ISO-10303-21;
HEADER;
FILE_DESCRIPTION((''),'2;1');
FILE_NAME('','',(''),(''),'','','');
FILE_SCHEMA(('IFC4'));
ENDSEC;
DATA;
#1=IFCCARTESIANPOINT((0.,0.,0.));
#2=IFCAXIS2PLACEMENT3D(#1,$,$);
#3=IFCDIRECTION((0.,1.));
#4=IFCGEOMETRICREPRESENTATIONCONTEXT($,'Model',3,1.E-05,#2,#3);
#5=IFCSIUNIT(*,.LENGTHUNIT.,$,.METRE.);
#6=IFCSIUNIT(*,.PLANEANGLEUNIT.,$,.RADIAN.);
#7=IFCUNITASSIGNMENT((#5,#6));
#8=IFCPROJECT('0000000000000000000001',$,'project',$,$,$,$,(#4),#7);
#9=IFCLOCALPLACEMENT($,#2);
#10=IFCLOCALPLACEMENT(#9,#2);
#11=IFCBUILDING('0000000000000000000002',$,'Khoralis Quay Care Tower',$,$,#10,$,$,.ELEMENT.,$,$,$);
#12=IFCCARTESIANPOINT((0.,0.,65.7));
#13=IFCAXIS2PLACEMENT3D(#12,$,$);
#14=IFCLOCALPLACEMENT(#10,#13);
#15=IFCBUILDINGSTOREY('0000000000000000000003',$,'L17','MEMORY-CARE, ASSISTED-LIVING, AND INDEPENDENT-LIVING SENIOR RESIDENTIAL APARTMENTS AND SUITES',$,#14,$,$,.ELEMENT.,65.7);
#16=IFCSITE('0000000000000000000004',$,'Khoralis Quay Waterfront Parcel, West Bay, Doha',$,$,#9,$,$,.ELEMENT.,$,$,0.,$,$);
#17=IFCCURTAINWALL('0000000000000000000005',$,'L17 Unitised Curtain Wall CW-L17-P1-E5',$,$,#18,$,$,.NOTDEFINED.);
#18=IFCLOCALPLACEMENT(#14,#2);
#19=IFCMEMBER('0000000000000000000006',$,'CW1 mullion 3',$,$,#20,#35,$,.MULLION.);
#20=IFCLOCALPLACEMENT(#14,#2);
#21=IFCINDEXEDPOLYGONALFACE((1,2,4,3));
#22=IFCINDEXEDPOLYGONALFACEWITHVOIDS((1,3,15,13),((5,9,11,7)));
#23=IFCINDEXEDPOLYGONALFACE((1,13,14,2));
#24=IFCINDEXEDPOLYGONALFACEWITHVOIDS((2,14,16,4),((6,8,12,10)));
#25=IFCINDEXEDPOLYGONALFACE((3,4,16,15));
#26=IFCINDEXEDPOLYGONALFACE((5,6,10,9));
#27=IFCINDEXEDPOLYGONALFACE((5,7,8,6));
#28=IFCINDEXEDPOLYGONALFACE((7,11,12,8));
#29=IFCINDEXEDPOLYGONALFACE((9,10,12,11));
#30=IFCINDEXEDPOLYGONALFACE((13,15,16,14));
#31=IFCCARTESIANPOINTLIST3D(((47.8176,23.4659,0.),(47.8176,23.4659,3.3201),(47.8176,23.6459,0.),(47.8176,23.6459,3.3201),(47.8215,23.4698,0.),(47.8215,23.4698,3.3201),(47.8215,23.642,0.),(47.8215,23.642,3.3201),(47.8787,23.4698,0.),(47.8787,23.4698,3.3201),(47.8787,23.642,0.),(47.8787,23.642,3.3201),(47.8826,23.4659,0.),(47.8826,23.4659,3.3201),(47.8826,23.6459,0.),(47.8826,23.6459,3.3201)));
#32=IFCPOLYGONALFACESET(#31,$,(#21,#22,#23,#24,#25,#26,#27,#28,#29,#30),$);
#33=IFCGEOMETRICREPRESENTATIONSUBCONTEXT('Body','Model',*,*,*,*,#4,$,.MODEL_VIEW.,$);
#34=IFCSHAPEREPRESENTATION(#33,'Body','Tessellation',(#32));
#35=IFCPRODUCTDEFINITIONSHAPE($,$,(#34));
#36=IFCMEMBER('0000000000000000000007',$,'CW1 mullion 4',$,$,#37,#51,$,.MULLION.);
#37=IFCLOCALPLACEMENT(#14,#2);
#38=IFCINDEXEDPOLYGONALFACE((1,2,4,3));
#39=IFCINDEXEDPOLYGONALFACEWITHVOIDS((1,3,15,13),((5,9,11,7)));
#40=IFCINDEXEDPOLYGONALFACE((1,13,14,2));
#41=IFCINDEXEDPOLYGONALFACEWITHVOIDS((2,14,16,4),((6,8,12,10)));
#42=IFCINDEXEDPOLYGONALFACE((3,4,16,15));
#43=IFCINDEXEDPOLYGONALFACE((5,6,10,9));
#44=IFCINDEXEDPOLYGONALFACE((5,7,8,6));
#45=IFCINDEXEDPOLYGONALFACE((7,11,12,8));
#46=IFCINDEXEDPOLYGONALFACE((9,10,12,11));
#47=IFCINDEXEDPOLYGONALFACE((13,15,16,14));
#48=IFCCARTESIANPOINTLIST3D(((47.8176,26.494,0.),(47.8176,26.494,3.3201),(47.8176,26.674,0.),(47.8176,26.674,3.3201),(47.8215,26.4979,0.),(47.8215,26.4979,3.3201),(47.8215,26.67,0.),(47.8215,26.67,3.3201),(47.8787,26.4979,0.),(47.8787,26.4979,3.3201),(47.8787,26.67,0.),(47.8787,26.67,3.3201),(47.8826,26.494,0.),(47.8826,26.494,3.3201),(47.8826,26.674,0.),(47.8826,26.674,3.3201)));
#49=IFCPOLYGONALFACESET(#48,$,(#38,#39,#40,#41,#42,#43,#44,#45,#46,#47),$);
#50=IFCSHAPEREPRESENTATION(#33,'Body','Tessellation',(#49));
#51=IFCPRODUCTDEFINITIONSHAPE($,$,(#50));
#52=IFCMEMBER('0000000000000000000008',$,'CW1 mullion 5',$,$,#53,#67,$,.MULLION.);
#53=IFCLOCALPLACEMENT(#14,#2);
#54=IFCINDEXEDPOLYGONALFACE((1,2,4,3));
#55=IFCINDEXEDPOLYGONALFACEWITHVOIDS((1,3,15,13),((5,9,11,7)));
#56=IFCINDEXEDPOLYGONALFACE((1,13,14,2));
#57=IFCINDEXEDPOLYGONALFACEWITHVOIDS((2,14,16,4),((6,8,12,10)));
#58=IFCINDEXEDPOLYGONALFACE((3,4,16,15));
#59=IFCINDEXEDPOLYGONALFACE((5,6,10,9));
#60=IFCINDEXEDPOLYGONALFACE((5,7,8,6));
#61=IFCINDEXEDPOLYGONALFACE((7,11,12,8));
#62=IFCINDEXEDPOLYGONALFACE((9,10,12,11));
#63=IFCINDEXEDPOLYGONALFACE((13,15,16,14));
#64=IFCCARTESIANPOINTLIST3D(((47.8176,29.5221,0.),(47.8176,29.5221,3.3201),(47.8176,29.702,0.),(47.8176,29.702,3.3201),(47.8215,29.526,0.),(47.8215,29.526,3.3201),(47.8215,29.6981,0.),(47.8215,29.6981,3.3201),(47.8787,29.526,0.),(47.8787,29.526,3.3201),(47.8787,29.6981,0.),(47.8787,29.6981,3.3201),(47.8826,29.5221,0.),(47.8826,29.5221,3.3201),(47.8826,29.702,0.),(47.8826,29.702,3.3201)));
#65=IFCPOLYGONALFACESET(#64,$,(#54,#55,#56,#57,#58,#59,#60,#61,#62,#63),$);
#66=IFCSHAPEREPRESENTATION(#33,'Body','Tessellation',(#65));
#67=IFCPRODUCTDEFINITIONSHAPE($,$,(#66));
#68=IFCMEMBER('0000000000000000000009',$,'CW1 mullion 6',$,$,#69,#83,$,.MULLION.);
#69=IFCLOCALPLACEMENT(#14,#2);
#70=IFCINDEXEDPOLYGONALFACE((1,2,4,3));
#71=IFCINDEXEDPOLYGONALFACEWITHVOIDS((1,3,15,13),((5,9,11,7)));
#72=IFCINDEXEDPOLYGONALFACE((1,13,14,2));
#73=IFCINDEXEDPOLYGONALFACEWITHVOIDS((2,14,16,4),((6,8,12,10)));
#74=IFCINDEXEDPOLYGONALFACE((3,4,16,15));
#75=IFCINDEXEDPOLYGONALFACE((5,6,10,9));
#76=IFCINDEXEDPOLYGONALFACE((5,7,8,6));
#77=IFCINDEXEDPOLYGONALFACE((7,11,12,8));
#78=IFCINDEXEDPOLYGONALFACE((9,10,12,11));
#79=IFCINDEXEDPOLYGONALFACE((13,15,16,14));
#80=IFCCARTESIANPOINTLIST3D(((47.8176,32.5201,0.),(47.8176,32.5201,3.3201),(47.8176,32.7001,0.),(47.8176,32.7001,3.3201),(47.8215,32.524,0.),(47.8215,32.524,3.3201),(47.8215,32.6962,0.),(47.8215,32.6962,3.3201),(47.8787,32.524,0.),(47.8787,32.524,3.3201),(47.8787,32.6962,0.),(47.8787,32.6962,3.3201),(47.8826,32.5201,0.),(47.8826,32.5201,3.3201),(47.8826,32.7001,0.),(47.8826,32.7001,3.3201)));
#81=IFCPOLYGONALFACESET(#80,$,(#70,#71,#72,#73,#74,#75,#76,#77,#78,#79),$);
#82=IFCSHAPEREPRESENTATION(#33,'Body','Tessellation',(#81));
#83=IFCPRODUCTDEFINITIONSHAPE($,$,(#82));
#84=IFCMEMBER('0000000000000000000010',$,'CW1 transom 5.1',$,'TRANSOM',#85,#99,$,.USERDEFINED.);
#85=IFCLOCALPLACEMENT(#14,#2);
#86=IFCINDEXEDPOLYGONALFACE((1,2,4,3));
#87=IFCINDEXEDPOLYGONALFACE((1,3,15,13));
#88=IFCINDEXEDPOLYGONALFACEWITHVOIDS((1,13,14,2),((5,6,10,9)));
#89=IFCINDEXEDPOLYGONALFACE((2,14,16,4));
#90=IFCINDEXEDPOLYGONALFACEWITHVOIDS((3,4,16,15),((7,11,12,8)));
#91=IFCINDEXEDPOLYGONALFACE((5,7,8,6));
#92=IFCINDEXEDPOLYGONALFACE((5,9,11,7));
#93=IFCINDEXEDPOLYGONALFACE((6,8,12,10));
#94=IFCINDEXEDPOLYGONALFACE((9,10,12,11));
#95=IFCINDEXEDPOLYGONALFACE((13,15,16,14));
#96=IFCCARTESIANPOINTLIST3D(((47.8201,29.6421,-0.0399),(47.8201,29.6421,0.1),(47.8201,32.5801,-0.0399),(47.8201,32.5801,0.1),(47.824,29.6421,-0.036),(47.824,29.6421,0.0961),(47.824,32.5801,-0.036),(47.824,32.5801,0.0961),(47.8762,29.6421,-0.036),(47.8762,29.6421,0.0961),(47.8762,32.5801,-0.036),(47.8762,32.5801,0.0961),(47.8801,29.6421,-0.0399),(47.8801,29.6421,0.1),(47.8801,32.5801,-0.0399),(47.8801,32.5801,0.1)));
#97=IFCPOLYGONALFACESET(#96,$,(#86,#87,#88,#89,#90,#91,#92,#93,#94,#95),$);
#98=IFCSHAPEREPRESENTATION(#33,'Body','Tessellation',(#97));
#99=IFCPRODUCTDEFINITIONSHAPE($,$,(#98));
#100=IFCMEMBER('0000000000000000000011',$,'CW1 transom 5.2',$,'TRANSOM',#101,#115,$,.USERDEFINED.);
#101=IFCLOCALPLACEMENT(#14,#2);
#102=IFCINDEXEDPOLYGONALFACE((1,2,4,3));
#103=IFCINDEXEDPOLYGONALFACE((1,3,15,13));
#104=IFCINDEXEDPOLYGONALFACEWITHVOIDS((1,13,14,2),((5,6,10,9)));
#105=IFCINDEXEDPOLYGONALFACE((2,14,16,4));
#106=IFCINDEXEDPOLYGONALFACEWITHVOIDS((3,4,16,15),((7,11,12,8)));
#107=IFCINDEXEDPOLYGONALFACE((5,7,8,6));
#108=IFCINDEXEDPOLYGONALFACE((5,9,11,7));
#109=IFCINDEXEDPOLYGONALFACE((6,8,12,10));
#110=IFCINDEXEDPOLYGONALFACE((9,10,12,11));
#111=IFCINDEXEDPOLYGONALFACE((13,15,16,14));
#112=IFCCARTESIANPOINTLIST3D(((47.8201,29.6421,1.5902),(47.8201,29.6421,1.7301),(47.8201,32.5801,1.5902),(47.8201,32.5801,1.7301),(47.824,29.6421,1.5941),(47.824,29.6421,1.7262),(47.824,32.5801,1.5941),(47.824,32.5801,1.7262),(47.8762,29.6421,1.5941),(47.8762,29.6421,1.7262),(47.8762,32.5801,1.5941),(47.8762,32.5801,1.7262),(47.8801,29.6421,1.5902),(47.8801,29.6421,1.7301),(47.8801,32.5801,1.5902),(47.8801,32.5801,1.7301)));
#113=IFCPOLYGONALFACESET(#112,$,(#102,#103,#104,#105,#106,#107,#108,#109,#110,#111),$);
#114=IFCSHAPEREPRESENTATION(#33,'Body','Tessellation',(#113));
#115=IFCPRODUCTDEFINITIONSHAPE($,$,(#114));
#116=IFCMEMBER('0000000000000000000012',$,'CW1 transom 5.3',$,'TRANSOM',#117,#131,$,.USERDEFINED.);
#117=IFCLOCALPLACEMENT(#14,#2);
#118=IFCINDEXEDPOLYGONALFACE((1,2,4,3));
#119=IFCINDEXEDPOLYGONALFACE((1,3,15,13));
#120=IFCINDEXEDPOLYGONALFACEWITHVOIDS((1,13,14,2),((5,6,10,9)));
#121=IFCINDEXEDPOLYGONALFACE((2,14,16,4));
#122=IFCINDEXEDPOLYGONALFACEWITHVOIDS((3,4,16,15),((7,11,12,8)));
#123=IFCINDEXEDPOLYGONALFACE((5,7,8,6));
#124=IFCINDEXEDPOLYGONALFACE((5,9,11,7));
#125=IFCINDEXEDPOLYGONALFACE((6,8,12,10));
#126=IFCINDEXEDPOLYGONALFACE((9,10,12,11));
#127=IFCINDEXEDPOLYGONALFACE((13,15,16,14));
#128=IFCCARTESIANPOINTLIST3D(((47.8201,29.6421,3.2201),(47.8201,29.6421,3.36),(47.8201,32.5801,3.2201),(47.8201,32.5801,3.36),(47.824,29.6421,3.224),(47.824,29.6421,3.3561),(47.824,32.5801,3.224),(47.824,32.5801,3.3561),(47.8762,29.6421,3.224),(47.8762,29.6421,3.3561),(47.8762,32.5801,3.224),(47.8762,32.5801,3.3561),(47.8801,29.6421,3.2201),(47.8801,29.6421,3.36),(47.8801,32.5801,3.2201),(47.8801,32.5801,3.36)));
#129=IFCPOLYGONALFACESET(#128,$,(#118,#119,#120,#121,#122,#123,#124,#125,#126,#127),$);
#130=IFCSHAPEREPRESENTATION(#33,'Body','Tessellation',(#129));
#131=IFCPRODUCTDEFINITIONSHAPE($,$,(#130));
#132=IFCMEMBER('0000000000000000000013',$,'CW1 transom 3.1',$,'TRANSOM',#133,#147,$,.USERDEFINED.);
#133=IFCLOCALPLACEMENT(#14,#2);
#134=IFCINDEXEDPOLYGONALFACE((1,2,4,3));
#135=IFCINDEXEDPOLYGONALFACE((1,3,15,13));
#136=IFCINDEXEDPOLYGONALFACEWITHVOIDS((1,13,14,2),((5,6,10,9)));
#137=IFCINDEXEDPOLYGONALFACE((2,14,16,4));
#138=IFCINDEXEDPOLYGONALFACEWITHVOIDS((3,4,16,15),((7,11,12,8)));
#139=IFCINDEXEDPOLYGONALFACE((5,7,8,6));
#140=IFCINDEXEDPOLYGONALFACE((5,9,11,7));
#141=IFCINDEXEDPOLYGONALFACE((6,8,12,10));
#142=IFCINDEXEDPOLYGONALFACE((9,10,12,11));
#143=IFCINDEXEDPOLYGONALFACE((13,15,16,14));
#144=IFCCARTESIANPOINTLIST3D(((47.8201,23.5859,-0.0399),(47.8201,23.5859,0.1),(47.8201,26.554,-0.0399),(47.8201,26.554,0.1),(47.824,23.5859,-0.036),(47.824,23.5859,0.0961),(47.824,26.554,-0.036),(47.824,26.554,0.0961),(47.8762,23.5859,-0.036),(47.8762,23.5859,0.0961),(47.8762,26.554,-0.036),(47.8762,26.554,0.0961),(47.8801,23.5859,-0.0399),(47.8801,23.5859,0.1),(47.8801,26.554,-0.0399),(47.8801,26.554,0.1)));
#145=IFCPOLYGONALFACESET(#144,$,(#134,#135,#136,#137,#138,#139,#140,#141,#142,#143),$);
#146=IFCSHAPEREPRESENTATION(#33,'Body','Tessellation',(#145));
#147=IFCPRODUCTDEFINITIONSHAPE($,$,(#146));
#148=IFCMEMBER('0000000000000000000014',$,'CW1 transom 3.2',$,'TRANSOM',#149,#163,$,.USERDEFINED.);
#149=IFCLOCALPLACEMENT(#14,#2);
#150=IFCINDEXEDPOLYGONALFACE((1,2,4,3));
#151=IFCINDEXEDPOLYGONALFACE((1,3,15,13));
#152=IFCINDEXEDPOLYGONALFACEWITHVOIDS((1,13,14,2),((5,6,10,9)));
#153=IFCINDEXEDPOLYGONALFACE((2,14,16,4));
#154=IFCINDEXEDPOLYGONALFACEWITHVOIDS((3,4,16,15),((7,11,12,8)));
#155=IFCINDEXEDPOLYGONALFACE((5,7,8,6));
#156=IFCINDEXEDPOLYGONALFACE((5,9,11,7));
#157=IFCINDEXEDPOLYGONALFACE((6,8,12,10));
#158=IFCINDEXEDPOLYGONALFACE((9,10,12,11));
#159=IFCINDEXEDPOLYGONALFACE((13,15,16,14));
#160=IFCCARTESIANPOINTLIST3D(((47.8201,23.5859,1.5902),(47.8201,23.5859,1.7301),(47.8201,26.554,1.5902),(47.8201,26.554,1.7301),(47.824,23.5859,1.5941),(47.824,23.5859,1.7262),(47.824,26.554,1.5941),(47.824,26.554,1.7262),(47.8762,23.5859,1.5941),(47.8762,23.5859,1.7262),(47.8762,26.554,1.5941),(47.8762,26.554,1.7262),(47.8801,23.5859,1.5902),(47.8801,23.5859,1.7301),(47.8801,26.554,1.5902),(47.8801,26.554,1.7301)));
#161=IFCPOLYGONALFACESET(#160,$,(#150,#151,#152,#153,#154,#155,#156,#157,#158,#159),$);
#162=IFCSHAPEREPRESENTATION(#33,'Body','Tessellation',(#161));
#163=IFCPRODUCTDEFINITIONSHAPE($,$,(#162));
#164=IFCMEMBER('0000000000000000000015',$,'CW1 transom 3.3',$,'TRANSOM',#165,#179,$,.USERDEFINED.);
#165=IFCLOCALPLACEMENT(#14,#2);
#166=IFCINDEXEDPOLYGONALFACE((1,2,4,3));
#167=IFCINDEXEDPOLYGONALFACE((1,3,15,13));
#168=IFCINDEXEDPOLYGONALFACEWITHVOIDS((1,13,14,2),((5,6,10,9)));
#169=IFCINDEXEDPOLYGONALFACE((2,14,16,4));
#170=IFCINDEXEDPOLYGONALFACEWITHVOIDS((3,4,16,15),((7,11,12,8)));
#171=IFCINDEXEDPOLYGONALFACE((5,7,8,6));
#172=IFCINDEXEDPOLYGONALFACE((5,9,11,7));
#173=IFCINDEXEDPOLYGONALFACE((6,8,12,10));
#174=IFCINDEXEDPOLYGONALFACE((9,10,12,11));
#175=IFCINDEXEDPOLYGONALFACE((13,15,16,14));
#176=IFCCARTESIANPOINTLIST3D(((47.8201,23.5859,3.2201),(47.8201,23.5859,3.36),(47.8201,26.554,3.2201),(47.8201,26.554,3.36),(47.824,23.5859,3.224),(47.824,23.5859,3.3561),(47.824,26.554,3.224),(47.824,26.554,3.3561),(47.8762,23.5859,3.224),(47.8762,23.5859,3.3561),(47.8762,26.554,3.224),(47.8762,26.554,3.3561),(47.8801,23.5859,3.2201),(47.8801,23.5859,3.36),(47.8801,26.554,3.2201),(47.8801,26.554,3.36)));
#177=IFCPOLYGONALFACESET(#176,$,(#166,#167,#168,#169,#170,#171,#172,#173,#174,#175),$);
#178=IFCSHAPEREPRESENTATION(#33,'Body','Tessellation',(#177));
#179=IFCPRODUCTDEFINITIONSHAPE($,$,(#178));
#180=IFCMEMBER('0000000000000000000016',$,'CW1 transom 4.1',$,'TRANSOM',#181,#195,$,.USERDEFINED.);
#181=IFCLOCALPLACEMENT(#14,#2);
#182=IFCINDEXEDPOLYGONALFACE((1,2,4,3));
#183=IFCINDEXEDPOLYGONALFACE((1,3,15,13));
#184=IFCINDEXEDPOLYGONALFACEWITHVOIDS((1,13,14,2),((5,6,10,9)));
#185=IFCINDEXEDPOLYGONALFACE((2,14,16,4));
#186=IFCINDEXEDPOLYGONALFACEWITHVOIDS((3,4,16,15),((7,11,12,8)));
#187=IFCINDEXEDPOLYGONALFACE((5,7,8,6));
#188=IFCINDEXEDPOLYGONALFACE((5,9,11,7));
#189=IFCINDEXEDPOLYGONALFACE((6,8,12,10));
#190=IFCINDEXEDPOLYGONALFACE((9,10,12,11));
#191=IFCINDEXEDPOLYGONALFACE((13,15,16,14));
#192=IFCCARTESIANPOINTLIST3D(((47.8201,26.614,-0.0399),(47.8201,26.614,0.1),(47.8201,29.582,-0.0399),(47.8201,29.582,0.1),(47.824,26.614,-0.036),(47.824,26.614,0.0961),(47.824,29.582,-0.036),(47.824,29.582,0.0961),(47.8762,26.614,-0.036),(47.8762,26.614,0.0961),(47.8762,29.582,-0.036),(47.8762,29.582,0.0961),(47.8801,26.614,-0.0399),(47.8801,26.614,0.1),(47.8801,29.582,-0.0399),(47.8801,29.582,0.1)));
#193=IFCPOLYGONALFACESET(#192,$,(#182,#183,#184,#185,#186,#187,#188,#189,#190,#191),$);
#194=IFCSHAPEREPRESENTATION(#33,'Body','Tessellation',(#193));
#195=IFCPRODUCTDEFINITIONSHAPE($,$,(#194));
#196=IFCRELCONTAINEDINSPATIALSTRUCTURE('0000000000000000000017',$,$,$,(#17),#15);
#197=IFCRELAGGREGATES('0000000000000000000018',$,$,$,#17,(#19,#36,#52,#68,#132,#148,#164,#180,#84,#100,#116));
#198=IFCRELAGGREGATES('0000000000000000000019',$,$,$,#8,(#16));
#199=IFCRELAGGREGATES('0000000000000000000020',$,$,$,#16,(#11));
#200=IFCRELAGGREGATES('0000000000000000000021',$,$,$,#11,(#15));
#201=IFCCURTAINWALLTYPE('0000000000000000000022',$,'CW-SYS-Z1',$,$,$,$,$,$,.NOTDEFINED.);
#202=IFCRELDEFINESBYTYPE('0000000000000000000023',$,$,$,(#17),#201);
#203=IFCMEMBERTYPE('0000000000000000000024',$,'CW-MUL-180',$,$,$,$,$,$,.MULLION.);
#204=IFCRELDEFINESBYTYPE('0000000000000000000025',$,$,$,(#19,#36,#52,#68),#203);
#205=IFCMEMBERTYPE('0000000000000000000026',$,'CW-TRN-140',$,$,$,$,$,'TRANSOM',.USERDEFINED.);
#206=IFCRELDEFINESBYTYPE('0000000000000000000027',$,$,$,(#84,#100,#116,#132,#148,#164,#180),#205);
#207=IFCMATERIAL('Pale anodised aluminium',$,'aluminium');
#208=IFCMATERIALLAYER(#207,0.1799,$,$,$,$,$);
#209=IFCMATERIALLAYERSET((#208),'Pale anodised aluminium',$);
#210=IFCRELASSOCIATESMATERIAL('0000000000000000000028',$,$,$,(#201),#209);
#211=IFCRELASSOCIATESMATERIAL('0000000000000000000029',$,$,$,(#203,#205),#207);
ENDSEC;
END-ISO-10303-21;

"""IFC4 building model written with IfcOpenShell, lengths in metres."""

from ifc_helpers import new_model, si_unit, direction, frame, origin, origin_2d, place, context, subcontext, project, spatial, hollow_rectangle, extrude, source, transform, mapped, material, layer, layer_set, material_profile, profile_set, type_object, element, aggregate, save


model = new_model("IFC4")

# Units and contexts
model_context = context("Model", 3, precision=1e-05, world=origin(), true_north=direction((0.0, 1.0)))
body_context = subcontext(model_context, "Body", "Model", "MODEL_VIEW")
ifc_project = project(units=[si_unit("LENGTHUNIT", "METRE"), si_unit("PLANEANGLEUNIT", "RADIAN")], contexts=[model_context])

# Site, building, storey
site_placement = place(None, origin())
site = spatial("IfcSite", under=ifc_project, at=site_placement, Name="Khoralis Quay Waterfront Parcel, West Bay, Doha", CompositionType="ELEMENT", RefElevation=0.0)
building_placement = place(site_placement, origin())
building = spatial("IfcBuilding", under=site, at=building_placement, Name="Khoralis Quay Care Tower", CompositionType="ELEMENT")
storey_placement = place(building_placement, frame((0.0, 0.0, 65.7)))
storey = spatial("IfcBuildingStorey", under=building, at=storey_placement, Name="L17", Description="MEMORY-CARE, ASSISTED-LIVING, AND INDEPENDENT-LIVING SENIOR RESIDENTIAL APARTMENTS AND SUITES", CompositionType="ELEMENT", Elevation=65.7)

# Curtain wall, members
ifc_material_1 = material(Name="Pale anodised aluminium", Category="aluminium")
ifc_layer_1 = layer(ifc_material_1, 0.1799)
ifc_layer_set_1 = layer_set([ifc_layer_1], Name="Pale anodised aluminium")
curtain_wall_type = type_object("IfcCurtainWallType", Name="CW-SYS-Z1", PredefinedType="NOTDEFINED", material=ifc_layer_set_1)
curtain_wall_placement = place(storey_placement, origin())
curtain_wall = element("IfcCurtainWall", 1, at=curtain_wall_placement, inside=storey, type_object=curtain_wall_type, Name="L17 Unitised Curtain Wall CW-L17-P1-E5", PredefinedType="NOTDEFINED")
ifc_material_profile_1 = material_profile(ifc_material_1, hollow_rectangle(XDim=0.0649, YDim=0.1799, WallThickness=0.0039, at=origin_2d()), Name="Pale anodised aluminium")
ifc_profile_set_1 = profile_set([ifc_material_profile_1], Name="Pale anodised aluminium")
member_type_1 = type_object("IfcMemberType", Name="CW-MUL-180", PredefinedType="MULLION", material=ifc_profile_set_1)
shared_shape_1 = source(origin(), body_context, "Body", "SweptSolid", [
    extrude(hollow_rectangle(XDim=0.0649, YDim=0.1799, WallThickness=0.0039, at=origin_2d()), origin(), (0.0, 0.0, 1.0), 3.3201),
])
member_1_placement = place(storey_placement, frame((47.8501, 23.5559, 0.0), z_axis=(0.0, 0.0, 1.0), x_axis=(-1.0, 0.0, 0.0)))
member_1 = element("IfcMember", 2, at=member_1_placement, type_object=member_type_1, Name="CW1 mullion 3", PredefinedType="MULLION", context=body_context, shape_type="MappedRepresentation", body=[
    mapped(shared_shape_1, transform((0.0, 0.0, 0.0), scale=1.0)),
])
member_2_placement = place(storey_placement, frame((47.8501, 26.584, 0.0), z_axis=(0.0, 0.0, 1.0), x_axis=(-1.0, 0.0, 0.0)))
member_2 = element("IfcMember", 3, at=member_2_placement, type_object=member_type_1, Name="CW1 mullion 4", PredefinedType="MULLION", context=body_context, shape_type="MappedRepresentation", body=[
    mapped(shared_shape_1, transform((0.0, 0.0, 0.0), scale=1.0)),
])
member_3_placement = place(storey_placement, frame((47.8501, 29.6121, 0.0), z_axis=(0.0, 0.0, 1.0), x_axis=(-1.0, 0.0, 0.0)))
member_3 = element("IfcMember", 4, at=member_3_placement, type_object=member_type_1, Name="CW1 mullion 5", PredefinedType="MULLION", context=body_context, shape_type="MappedRepresentation", body=[
    mapped(shared_shape_1, transform((0.0, 0.0, 0.0), scale=1.0)),
])
member_4_placement = place(storey_placement, frame((47.8501, 32.6101, 0.0), z_axis=(0.0, 0.0, 1.0), x_axis=(-1.0, 0.0, 0.0)))
member_4 = element("IfcMember", 5, at=member_4_placement, type_object=member_type_1, Name="CW1 mullion 6", PredefinedType="MULLION", context=body_context, shape_type="MappedRepresentation", body=[
    mapped(shared_shape_1, transform((0.0, 0.0, 0.0), scale=1.0)),
])
ifc_material_profile_2 = material_profile(ifc_material_1, hollow_rectangle(XDim=0.0601, YDim=0.1399, WallThickness=0.0039, at=origin_2d()), Name="Pale anodised aluminium")
ifc_profile_set_2 = profile_set([ifc_material_profile_2], Name="Pale anodised aluminium")
member_type_2 = type_object("IfcMemberType", Name="CW-TRN-140", ElementType="TRANSOM", PredefinedType="USERDEFINED", material=ifc_profile_set_2)
shared_shape_2 = source(origin(), body_context, "Body", "SweptSolid", [
    extrude(hollow_rectangle(XDim=0.0601, YDim=0.1399, WallThickness=0.0039, at=origin_2d()), origin(), (0.0, 0.0, 1.0), 2.938),
])
member_5_placement = place(storey_placement, frame((47.8501, 29.6421, 0.03), z_axis=(0.0, 1.0, 0.0), x_axis=(-1.0, 0.0, 0.0)))
member_5 = element("IfcMember", 6, at=member_5_placement, type_object=member_type_2, Name="CW1 transom 5.1", ObjectType="TRANSOM", PredefinedType="USERDEFINED", context=body_context, shape_type="MappedRepresentation", body=[
    mapped(shared_shape_2, transform((0.0, 0.0, 0.0), scale=1.0)),
])
member_6_placement = place(storey_placement, frame((47.8501, 29.6421, 1.6602), z_axis=(0.0, 1.0, 0.0), x_axis=(-1.0, 0.0, 0.0)))
member_6 = element("IfcMember", 7, at=member_6_placement, type_object=member_type_2, Name="CW1 transom 5.2", ObjectType="TRANSOM", PredefinedType="USERDEFINED", context=body_context, shape_type="MappedRepresentation", body=[
    mapped(shared_shape_2, transform((0.0, 0.0, 0.0), scale=1.0)),
])
member_7_placement = place(storey_placement, frame((47.8501, 29.6421, 3.29), z_axis=(0.0, 1.0, 0.0), x_axis=(-1.0, 0.0, 0.0)))
member_7 = element("IfcMember", 8, at=member_7_placement, type_object=member_type_2, Name="CW1 transom 5.3", ObjectType="TRANSOM", PredefinedType="USERDEFINED", context=body_context, shape_type="MappedRepresentation", body=[
    mapped(shared_shape_2, transform((0.0, 0.0, 0.0), scale=1.0)),
])
shared_shape_3 = source(origin(), body_context, "Body", "SweptSolid", [
    extrude(hollow_rectangle(XDim=0.0601, YDim=0.1399, WallThickness=0.0039, at=origin_2d()), origin(), (0.0, 0.0, 1.0), 2.968),
])
member_8_placement = place(storey_placement, frame((47.8501, 23.5859, 0.03), z_axis=(0.0, 1.0, 0.0), x_axis=(-1.0, 0.0, 0.0)))
member_8 = element("IfcMember", 9, at=member_8_placement, type_object=member_type_2, Name="CW1 transom 3.1", ObjectType="TRANSOM", PredefinedType="USERDEFINED", context=body_context, shape_type="MappedRepresentation", body=[
    mapped(shared_shape_3, transform((0.0, 0.0, 0.0), scale=1.0)),
])
member_9_placement = place(storey_placement, frame((47.8501, 23.5859, 1.6602), z_axis=(0.0, 1.0, 0.0), x_axis=(-1.0, 0.0, 0.0)))
member_9 = element("IfcMember", 10, at=member_9_placement, type_object=member_type_2, Name="CW1 transom 3.2", ObjectType="TRANSOM", PredefinedType="USERDEFINED", context=body_context, shape_type="MappedRepresentation", body=[
    mapped(shared_shape_3, transform((0.0, 0.0, 0.0), scale=1.0)),
])
member_10_placement = place(storey_placement, frame((47.8501, 23.5859, 3.29), z_axis=(0.0, 1.0, 0.0), x_axis=(-1.0, 0.0, 0.0)))
member_10 = element("IfcMember", 11, at=member_10_placement, type_object=member_type_2, Name="CW1 transom 3.3", ObjectType="TRANSOM", PredefinedType="USERDEFINED", context=body_context, shape_type="MappedRepresentation", body=[
    mapped(shared_shape_3, transform((0.0, 0.0, 0.0), scale=1.0)),
])
member_11_placement = place(storey_placement, frame((47.8501, 26.614, 0.03), z_axis=(0.0, 1.0, 0.0), x_axis=(-1.0, 0.0, 0.0)))
member_11 = element("IfcMember", 12, at=member_11_placement, type_object=member_type_2, Name="CW1 transom 4.1", ObjectType="TRANSOM", PredefinedType="USERDEFINED", context=body_context, shape_type="MappedRepresentation", body=[
    mapped(shared_shape_3, transform((0.0, 0.0, 0.0), scale=1.0)),
])
aggregate(curtain_wall, [member_1, member_2, member_3, member_4, member_8, member_9, member_10, member_11, member_5, member_6, member_7])

save(model, "model.ifc")
